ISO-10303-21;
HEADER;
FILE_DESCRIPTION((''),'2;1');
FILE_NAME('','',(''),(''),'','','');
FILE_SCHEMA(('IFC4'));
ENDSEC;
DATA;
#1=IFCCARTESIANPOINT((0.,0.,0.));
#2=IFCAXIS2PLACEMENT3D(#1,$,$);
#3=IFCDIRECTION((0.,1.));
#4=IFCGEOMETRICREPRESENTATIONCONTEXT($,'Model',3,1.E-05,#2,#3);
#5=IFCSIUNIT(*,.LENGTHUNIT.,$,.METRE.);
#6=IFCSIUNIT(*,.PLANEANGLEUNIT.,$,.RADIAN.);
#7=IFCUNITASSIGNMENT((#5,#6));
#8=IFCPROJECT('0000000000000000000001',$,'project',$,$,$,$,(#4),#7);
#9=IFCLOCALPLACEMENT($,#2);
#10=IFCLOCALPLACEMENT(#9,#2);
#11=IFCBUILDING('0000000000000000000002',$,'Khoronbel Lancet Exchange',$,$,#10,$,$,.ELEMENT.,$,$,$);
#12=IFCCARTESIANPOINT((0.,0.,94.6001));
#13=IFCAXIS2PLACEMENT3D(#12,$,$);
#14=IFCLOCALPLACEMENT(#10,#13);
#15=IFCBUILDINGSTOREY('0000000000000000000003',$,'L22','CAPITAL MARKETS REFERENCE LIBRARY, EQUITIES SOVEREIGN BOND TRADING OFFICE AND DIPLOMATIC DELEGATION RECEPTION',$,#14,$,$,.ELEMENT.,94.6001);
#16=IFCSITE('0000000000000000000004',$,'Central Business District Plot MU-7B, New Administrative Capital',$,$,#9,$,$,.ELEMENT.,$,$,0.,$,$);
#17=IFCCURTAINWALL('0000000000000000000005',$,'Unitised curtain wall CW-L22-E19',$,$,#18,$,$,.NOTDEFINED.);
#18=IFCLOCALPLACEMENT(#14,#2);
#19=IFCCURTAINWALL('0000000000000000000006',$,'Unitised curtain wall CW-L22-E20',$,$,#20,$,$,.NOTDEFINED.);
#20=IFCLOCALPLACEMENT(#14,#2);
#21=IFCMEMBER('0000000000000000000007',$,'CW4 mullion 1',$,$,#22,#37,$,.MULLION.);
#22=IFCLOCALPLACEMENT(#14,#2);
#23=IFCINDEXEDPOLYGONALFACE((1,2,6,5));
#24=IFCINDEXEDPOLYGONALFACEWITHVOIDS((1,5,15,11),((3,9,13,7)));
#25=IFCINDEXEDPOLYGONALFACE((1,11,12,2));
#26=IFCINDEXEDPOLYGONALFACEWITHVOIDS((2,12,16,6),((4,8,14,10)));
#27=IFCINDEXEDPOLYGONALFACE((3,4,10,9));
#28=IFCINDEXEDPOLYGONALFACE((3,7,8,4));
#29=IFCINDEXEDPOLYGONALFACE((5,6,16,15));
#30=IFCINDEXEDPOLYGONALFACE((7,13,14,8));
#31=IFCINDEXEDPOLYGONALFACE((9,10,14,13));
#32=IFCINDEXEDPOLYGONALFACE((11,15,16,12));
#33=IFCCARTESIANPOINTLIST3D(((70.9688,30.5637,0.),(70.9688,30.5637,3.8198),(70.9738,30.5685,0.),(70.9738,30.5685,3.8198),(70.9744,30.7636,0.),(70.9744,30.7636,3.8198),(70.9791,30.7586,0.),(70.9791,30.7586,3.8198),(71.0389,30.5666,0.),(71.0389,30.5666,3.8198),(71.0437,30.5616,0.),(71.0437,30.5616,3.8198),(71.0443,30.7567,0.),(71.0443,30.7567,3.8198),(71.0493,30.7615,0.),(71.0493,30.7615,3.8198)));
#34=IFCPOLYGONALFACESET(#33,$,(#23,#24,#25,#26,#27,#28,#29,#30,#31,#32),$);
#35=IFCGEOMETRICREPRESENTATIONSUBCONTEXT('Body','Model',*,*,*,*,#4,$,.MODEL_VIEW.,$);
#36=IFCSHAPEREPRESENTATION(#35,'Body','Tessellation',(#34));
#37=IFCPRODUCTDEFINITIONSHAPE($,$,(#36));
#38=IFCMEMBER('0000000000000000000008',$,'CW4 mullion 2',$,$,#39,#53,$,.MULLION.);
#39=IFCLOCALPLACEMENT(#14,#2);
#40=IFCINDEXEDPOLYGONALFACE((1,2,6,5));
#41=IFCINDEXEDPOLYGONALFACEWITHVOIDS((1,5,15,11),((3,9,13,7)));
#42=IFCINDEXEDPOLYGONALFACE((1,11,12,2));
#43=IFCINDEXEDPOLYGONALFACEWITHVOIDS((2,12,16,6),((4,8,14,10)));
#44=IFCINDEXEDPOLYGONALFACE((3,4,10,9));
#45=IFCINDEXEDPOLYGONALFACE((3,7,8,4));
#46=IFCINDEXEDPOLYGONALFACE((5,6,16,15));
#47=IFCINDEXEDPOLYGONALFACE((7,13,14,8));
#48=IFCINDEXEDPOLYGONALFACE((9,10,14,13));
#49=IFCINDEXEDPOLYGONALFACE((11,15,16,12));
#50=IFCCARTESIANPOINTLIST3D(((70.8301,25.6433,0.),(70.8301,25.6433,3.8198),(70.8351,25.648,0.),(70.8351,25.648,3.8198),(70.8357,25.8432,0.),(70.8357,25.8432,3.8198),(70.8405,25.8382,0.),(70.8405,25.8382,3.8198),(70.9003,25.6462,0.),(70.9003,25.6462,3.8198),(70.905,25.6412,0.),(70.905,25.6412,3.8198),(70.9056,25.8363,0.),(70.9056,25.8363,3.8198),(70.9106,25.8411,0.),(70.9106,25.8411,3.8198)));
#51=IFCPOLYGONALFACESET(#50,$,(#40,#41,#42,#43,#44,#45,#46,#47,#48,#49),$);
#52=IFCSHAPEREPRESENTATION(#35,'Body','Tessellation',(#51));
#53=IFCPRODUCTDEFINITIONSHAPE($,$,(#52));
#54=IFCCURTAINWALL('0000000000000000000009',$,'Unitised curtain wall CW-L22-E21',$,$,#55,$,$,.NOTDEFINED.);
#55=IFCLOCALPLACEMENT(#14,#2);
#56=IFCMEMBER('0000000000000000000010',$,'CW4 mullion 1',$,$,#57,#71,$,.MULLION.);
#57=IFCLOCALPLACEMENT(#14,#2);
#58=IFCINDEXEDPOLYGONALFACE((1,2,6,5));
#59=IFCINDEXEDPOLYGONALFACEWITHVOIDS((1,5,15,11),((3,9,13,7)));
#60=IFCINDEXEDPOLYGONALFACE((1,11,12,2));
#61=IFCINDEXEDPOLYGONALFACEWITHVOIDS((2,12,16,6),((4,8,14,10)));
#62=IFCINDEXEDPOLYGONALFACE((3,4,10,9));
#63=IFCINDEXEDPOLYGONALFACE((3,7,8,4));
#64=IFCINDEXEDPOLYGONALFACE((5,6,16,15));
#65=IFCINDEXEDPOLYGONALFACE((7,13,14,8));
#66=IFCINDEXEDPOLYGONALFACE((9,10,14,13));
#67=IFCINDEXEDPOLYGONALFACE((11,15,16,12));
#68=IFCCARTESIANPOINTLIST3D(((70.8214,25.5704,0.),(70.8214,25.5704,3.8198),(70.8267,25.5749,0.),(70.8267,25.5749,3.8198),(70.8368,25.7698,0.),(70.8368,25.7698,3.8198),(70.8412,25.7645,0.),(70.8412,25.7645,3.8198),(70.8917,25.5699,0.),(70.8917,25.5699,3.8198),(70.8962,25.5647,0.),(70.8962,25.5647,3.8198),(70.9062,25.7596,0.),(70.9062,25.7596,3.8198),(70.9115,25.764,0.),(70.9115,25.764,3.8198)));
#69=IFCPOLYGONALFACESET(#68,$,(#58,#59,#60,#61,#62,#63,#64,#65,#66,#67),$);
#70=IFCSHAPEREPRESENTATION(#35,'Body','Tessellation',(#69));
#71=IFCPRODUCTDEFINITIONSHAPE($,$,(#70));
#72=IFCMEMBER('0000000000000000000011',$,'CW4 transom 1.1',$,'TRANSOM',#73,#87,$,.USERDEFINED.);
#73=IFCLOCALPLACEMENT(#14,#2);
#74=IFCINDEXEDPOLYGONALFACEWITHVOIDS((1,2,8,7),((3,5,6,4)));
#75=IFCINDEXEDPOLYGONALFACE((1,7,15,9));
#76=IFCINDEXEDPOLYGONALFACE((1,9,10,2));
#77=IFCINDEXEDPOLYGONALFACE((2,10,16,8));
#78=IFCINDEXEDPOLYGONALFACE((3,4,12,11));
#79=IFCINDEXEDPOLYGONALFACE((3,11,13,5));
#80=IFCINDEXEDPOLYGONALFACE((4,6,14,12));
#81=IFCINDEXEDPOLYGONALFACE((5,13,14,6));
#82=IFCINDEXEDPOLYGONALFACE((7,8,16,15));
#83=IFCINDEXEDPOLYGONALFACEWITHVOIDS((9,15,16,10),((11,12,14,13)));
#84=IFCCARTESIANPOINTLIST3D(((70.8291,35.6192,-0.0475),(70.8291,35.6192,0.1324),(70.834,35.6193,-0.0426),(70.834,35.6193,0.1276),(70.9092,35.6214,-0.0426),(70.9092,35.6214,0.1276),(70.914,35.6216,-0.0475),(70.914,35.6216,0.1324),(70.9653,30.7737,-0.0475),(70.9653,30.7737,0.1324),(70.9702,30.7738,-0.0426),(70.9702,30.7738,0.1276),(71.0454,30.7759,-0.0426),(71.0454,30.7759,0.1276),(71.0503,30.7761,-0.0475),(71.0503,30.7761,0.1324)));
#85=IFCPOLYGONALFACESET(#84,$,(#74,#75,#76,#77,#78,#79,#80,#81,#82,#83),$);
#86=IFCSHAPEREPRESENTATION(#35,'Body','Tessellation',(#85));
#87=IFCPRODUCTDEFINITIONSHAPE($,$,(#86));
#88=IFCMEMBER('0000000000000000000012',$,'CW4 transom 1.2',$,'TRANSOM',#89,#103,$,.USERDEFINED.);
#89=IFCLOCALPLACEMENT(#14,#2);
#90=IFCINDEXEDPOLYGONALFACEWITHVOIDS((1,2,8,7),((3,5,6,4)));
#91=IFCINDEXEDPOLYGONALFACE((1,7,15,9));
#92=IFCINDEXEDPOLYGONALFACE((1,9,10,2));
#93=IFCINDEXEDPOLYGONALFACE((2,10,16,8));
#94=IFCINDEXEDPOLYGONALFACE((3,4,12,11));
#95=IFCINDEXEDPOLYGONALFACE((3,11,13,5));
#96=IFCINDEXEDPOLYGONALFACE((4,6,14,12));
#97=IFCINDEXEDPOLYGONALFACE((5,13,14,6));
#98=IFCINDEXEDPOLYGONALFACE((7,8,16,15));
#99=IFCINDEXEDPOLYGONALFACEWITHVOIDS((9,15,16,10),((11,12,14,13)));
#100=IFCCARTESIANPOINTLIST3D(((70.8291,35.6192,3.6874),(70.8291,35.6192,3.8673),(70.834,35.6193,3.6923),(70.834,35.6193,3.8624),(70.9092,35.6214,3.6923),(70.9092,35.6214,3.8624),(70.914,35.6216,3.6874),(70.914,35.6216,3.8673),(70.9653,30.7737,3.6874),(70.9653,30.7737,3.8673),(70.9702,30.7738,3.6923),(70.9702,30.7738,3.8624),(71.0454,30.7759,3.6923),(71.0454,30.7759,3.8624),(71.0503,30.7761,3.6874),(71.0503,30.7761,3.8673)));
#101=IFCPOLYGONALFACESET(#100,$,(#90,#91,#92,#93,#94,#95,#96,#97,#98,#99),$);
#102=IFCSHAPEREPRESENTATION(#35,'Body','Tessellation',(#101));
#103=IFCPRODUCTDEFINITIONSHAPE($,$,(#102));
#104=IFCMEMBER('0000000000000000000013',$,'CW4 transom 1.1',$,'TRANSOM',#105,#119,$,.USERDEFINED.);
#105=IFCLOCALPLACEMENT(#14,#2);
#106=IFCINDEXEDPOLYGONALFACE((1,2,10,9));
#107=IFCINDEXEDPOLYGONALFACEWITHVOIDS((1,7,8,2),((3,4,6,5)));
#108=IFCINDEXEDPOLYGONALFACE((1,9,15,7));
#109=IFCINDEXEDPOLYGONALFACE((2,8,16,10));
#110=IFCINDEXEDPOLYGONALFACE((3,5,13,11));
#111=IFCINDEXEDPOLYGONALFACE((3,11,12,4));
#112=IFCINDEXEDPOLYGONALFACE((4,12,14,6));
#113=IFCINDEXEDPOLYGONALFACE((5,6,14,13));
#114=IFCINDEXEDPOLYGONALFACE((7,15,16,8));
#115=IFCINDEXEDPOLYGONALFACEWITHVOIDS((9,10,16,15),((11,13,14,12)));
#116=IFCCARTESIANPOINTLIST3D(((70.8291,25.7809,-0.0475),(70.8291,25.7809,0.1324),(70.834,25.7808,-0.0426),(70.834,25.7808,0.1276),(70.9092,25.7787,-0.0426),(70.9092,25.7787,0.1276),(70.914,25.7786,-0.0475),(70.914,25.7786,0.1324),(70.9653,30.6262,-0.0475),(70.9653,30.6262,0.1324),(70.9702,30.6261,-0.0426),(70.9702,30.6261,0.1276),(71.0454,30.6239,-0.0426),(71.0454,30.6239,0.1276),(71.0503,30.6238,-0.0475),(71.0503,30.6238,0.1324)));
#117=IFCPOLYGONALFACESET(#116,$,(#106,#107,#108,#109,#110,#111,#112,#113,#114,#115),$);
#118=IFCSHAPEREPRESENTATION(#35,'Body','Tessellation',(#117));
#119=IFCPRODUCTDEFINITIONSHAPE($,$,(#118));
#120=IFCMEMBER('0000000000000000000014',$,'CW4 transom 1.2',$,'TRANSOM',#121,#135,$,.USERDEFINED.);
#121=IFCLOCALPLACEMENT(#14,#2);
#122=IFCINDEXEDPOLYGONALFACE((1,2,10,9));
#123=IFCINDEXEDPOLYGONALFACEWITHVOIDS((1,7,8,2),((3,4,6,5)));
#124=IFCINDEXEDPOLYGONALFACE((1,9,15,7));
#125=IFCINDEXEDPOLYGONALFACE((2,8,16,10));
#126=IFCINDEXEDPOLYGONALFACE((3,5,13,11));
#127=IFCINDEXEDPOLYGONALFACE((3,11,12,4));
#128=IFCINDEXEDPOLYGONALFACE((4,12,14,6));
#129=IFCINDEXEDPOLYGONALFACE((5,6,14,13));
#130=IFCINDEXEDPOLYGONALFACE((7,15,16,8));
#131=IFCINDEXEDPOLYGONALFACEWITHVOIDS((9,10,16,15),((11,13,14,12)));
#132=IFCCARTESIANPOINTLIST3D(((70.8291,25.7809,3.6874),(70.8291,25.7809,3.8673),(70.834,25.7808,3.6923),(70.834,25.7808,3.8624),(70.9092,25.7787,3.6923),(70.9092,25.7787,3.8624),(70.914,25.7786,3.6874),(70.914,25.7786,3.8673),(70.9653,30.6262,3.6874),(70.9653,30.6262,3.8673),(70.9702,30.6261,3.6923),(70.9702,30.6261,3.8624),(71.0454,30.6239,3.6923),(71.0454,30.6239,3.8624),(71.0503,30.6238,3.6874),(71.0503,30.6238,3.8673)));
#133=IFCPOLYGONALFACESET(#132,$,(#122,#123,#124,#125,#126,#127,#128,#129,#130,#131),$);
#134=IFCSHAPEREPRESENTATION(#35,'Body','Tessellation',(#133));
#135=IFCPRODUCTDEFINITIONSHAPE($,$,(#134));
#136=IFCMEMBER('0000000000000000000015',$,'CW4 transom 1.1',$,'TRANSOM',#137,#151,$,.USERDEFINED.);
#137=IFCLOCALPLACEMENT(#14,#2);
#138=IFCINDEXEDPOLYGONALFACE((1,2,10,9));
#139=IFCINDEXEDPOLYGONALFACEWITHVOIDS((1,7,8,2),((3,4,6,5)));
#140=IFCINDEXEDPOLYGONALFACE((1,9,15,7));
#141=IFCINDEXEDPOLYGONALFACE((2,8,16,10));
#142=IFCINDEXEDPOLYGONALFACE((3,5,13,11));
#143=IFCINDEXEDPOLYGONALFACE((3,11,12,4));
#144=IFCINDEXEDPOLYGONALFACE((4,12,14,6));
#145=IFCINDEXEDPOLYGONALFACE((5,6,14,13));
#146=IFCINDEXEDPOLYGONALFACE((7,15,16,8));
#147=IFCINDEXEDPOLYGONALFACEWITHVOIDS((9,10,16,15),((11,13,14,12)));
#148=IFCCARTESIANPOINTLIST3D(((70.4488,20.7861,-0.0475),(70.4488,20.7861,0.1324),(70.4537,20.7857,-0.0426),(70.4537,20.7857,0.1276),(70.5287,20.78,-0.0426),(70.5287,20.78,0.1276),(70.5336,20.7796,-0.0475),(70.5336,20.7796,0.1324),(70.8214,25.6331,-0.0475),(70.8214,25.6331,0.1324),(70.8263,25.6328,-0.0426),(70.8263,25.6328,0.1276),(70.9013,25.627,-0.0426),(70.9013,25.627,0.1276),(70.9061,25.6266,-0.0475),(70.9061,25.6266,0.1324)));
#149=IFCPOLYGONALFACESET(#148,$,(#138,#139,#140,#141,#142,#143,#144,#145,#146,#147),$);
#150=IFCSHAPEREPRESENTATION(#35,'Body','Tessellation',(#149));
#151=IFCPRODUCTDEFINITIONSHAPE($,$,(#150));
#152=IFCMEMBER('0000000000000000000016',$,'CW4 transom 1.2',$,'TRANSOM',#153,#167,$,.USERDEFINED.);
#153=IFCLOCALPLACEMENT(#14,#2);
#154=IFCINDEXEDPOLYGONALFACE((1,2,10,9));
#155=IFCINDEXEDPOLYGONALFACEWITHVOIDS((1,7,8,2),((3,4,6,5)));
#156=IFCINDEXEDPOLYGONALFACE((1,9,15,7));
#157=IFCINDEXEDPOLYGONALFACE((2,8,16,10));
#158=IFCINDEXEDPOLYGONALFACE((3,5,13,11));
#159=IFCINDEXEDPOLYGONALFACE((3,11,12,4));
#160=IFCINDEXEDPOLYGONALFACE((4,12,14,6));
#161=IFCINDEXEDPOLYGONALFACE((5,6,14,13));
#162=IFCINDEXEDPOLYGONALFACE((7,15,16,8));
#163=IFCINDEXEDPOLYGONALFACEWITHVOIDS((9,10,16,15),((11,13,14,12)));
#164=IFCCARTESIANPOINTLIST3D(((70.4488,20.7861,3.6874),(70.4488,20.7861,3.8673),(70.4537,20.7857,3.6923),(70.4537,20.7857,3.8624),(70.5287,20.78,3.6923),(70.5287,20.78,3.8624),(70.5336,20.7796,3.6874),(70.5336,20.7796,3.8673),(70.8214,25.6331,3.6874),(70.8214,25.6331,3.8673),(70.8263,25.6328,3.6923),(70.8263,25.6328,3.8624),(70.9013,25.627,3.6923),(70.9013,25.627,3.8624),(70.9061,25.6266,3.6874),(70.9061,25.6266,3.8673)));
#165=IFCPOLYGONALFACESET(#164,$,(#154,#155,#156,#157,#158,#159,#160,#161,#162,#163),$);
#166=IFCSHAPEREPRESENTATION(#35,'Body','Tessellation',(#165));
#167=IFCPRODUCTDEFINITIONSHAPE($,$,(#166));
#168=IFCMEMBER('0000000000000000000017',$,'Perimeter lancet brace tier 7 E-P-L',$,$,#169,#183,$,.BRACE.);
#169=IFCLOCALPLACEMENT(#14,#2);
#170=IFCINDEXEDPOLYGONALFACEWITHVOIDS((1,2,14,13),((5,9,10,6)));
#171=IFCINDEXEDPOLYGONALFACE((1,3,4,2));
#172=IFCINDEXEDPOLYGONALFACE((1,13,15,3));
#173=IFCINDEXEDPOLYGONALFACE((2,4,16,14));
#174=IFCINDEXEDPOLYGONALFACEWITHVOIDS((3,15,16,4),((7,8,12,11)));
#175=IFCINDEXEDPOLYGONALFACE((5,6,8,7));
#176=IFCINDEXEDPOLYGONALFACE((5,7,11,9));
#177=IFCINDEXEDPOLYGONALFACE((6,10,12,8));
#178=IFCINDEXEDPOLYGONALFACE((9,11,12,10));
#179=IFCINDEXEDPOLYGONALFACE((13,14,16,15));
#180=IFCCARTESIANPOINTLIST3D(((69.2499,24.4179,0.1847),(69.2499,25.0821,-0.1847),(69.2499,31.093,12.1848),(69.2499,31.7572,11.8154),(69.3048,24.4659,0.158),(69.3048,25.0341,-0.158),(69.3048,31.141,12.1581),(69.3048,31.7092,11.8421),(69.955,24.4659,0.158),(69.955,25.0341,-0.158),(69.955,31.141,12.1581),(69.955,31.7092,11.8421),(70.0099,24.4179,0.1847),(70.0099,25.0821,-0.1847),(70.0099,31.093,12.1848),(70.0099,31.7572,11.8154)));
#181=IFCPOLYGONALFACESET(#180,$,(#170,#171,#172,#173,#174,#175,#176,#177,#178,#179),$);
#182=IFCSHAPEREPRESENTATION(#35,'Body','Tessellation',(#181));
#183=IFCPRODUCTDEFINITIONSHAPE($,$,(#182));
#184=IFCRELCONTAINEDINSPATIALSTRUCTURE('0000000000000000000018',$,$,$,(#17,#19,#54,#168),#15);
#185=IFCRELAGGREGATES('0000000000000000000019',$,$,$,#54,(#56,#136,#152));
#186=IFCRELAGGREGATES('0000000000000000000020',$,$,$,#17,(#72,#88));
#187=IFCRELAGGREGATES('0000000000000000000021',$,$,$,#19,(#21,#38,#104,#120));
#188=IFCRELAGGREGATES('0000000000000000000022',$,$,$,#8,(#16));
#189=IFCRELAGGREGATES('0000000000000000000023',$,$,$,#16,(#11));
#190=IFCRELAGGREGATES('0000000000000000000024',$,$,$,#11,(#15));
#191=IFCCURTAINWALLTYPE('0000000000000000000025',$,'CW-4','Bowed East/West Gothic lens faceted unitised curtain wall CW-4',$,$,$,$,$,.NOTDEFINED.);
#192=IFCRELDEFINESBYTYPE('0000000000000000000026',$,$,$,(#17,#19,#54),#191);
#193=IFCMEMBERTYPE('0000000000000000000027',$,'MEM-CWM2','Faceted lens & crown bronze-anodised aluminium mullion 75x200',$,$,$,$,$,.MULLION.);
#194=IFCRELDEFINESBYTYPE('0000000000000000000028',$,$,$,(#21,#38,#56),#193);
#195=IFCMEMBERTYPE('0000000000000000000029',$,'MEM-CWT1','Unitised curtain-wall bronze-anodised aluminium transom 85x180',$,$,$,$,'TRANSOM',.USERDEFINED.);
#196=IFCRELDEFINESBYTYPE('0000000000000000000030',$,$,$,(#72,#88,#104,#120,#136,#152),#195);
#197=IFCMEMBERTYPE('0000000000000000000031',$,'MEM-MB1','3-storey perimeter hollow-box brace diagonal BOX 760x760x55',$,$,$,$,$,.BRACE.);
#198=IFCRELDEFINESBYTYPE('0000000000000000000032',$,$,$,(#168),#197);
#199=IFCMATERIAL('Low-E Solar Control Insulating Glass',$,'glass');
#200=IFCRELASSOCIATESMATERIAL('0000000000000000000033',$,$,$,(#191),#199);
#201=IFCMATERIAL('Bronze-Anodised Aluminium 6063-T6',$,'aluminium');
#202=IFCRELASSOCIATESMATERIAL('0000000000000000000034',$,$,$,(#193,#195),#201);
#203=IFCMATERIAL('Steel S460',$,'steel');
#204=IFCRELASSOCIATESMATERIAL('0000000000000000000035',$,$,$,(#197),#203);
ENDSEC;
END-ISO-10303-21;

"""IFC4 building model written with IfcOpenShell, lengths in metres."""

from ifc_helpers import new_model, si_unit, direction, frame, origin, origin_2d, place, context, subcontext, project, spatial, hollow_rectangle, extrude, material, material_profile, profile_set, type_object, element, aggregate, save


model = new_model("IFC4")

# Units and contexts
model_context = context("Model", 3, precision=1e-05, world=origin(), true_north=direction((0.0, 1.0)))
body_context = subcontext(model_context, "Body", "Model", "MODEL_VIEW")
ifc_project = project(units=[si_unit("LENGTHUNIT", "METRE"), si_unit("PLANEANGLEUNIT", "RADIAN")], contexts=[model_context])

# Site, building, storey
site_placement = place(None, origin())
site = spatial("IfcSite", under=ifc_project, at=site_placement, Name="Central Business District Plot MU-7B, New Administrative Capital", CompositionType="ELEMENT", RefElevation=0.0)
building_placement = place(site_placement, origin())
building = spatial("IfcBuilding", under=site, at=building_placement, Name="Khoronbel Lancet Exchange", CompositionType="ELEMENT")
storey_placement = place(building_placement, frame((0.0, 0.0, 94.6001)))
storey = spatial("IfcBuildingStorey", under=building, at=storey_placement, Name="L22", Description="CAPITAL MARKETS REFERENCE LIBRARY, EQUITIES SOVEREIGN BOND TRADING OFFICE AND DIPLOMATIC DELEGATION RECEPTION", CompositionType="ELEMENT", Elevation=94.6001)

# Shared definitions
ifc_material_1 = material(Name="Low-E Solar Control Insulating Glass", Category="glass")
curtain_wall_type = type_object("IfcCurtainWallType", Name="CW-4", Description="Bowed East/West Gothic lens faceted unitised curtain wall CW-4", PredefinedType="NOTDEFINED", material=ifc_material_1)
ifc_material_2 = material(Name="Bronze-Anodised Aluminium 6063-T6", Category="aluminium")
ifc_material_profile_1 = material_profile(ifc_material_2, hollow_rectangle(XDim=0.075, YDim=0.2, WallThickness=0.0049, at=origin_2d()), Name="ALU MULLION 75x200")
ifc_profile_set_1 = profile_set([ifc_material_profile_1], Name="Bronze-Anodised Aluminium 6063-T6")
member_type_1 = type_object("IfcMemberType", Name="MEM-CWM2", Description="Faceted lens & crown bronze-anodised aluminium mullion 75x200", PredefinedType="MULLION", material=ifc_profile_set_1)

# Curtain walls, members
curtain_wall_1_placement = place(storey_placement, origin())
curtain_wall_1 = element("IfcCurtainWall", 1, at=curtain_wall_1_placement, inside=storey, type_object=curtain_wall_type, Name="Unitised curtain wall CW-L22-E19", PredefinedType="NOTDEFINED")
curtain_wall_2_placement = place(storey_placement, origin())
curtain_wall_2 = element("IfcCurtainWall", 2, at=curtain_wall_2_placement, inside=storey, type_object=curtain_wall_type, Name="Unitised curtain wall CW-L22-E20", PredefinedType="NOTDEFINED")
member_1_placement = place(storey_placement, frame((71.009, 30.6626, 0.0), z_axis=(0.0, 0.0, 1.0), x_axis=(0.999604, -0.028135, 0.0)))
member_1 = element("IfcMember", 3, at=member_1_placement, type_object=member_type_1, Name="CW4 mullion 1", PredefinedType="MULLION", context=body_context, shape_type="SweptSolid", body=[
    extrude(hollow_rectangle(XDim=0.075, YDim=0.2, WallThickness=0.0049, at=origin_2d()), origin(), (0.0, 0.0, 1.0), 3.8198),
])
member_2_placement = place(storey_placement, frame((70.8704, 25.7422, 0.0), z_axis=(0.0, 0.0, 1.0), x_axis=(0.999604, -0.028135, 0.0)))
member_2 = element("IfcMember", 4, at=member_2_placement, type_object=member_type_1, Name="CW4 mullion 2", PredefinedType="MULLION", context=body_context, shape_type="SweptSolid", body=[
    extrude(hollow_rectangle(XDim=0.075, YDim=0.2, WallThickness=0.0049, at=origin_2d()), origin(), (0.0, 0.0, 1.0), 3.8198),
])

# Curtain wall, member
curtain_wall_3_placement = place(storey_placement, origin())
curtain_wall_3 = element("IfcCurtainWall", 5, at=curtain_wall_3_placement, inside=storey, type_object=curtain_wall_type, Name="Unitised curtain wall CW-L22-E21", PredefinedType="NOTDEFINED")
member_3_placement = place(storey_placement, frame((70.8665, 25.6672, 0.0), z_axis=(0.0, 0.0, 1.0), x_axis=(0.99706, -0.076626, 0.0)))
member_3 = element("IfcMember", 6, at=member_3_placement, type_object=member_type_1, Name="CW4 mullion 1", PredefinedType="MULLION", context=body_context, shape_type="SweptSolid", body=[
    extrude(hollow_rectangle(XDim=0.075, YDim=0.2, WallThickness=0.0049, at=origin_2d()), origin(), (0.0, 0.0, 1.0), 3.8198),
])

# Members
ifc_material_profile_2 = material_profile(ifc_material_2, hollow_rectangle(XDim=0.085, YDim=0.1799, WallThickness=0.0049, at=origin_2d()), Name="ALU TRANSOM 85x180")
ifc_profile_set_2 = profile_set([ifc_material_profile_2], Name="Bronze-Anodised Aluminium 6063-T6")
member_type_2 = type_object("IfcMemberType", Name="MEM-CWT1", Description="Unitised curtain-wall bronze-anodised aluminium transom 85x180", ElementType="TRANSOM", PredefinedType="USERDEFINED", material=ifc_profile_set_2)
member_4_placement = place(storey_placement, frame((70.8716, 35.6204, 0.0425), z_axis=(0.028104, -0.999605, 0.0), x_axis=(0.999605, 0.028104, 0.0)))
member_4 = element("IfcMember", 7, at=member_4_placement, type_object=member_type_2, Name="CW4 transom 1.1", ObjectType="TRANSOM", PredefinedType="USERDEFINED", context=body_context, shape_type="SweptSolid", body=[
    extrude(hollow_rectangle(XDim=0.085, YDim=0.1799, WallThickness=0.0049, at=origin_2d()), origin(), (0.0, 0.0, 1.0), 4.8474),
])
member_5_placement = place(storey_placement, frame((70.8716, 35.6204, 3.7773), z_axis=(0.028104, -0.999605, 0.0), x_axis=(0.999605, 0.028104, 0.0)))
member_5 = element("IfcMember", 8, at=member_5_placement, type_object=member_type_2, Name="CW4 transom 1.2", ObjectType="TRANSOM", PredefinedType="USERDEFINED", context=body_context, shape_type="SweptSolid", body=[
    extrude(hollow_rectangle(XDim=0.085, YDim=0.1799, WallThickness=0.0049, at=origin_2d()), origin(), (0.0, 0.0, 1.0), 4.8474),
])
member_6_placement = place(storey_placement, frame((71.0078, 30.625, 0.0425), z_axis=(-0.028105, -0.999605, 0.0), x_axis=(0.999605, -0.028105, 0.0)))
member_6 = element("IfcMember", 9, at=member_6_placement, type_object=member_type_2, Name="CW4 transom 1.1", ObjectType="TRANSOM", PredefinedType="USERDEFINED", context=body_context, shape_type="SweptSolid", body=[
    extrude(hollow_rectangle(XDim=0.085, YDim=0.1799, WallThickness=0.0049, at=origin_2d()), origin(), (0.0, 0.0, 1.0), 4.8472),
])
member_7_placement = place(storey_placement, frame((71.0078, 30.625, 3.7773), z_axis=(-0.028105, -0.999605, 0.0), x_axis=(0.999605, -0.028105, 0.0)))
member_7 = element("IfcMember", 10, at=member_7_placement, type_object=member_type_2, Name="CW4 transom 1.2", ObjectType="TRANSOM", PredefinedType="USERDEFINED", context=body_context, shape_type="SweptSolid", body=[
    extrude(hollow_rectangle(XDim=0.085, YDim=0.1799, WallThickness=0.0049, at=origin_2d()), origin(), (0.0, 0.0, 1.0), 4.8472),
])
member_8_placement = place(storey_placement, frame((70.8638, 25.6299, 0.0425), z_axis=(-0.076639, -0.997059, 0.0), x_axis=(0.997059, -0.076639, 0.0)))
member_8 = element("IfcMember", 11, at=member_8_placement, type_object=member_type_2, Name="CW4 transom 1.1", ObjectType="TRANSOM", PredefinedType="USERDEFINED", context=body_context, shape_type="SweptSolid", body=[
    extrude(hollow_rectangle(XDim=0.085, YDim=0.1799, WallThickness=0.0049, at=origin_2d()), origin(), (0.0, 0.0, 1.0), 4.8613),
])
member_9_placement = place(storey_placement, frame((70.8638, 25.6299, 3.7773), z_axis=(-0.076639, -0.997059, 0.0), x_axis=(0.997059, -0.076639, 0.0)))
member_9 = element("IfcMember", 12, at=member_9_placement, type_object=member_type_2, Name="CW4 transom 1.2", ObjectType="TRANSOM", PredefinedType="USERDEFINED", context=body_context, shape_type="SweptSolid", body=[
    extrude(hollow_rectangle(XDim=0.085, YDim=0.1799, WallThickness=0.0049, at=origin_2d()), origin(), (0.0, 0.0, 1.0), 4.8613),
])
aggregate(curtain_wall_3, [member_3, member_8, member_9])

# Member
ifc_material_3 = material(Name="Steel S460", Category="steel")
ifc_material_profile_3 = material_profile(ifc_material_3, hollow_rectangle(XDim=0.76, YDim=0.76, WallThickness=0.0549, at=origin_2d()), Name="BOX 760x760x55")
ifc_profile_set_3 = profile_set([ifc_material_profile_3], Name="Steel S460")
member_type_3 = type_object("IfcMemberType", Name="MEM-MB1", Description="3-storey perimeter hollow-box brace diagonal BOX 760x760x55", PredefinedType="BRACE", material=ifc_profile_set_3)
member_10_placement = place(storey_placement, frame((69.6299, 24.75, 0.0), z_axis=(0.0, 0.486109, 0.873898), x_axis=(-1.0, 0.0, 0.0)))
element("IfcMember", 13, at=member_10_placement, inside=storey, type_object=member_type_3, Name="Perimeter lancet brace tier 7 E-P-L", PredefinedType="BRACE", context=body_context, shape_type="SweptSolid", body=[
    extrude(hollow_rectangle(XDim=0.76, YDim=0.76, WallThickness=0.0549, at=origin_2d()), origin(), (0.0, 0.0, 1.0), 13.7317),
])

aggregate(curtain_wall_1, [member_4, member_5])
aggregate(curtain_wall_2, [member_1, member_2, member_6, member_7])

save(model, "model.ifc")
